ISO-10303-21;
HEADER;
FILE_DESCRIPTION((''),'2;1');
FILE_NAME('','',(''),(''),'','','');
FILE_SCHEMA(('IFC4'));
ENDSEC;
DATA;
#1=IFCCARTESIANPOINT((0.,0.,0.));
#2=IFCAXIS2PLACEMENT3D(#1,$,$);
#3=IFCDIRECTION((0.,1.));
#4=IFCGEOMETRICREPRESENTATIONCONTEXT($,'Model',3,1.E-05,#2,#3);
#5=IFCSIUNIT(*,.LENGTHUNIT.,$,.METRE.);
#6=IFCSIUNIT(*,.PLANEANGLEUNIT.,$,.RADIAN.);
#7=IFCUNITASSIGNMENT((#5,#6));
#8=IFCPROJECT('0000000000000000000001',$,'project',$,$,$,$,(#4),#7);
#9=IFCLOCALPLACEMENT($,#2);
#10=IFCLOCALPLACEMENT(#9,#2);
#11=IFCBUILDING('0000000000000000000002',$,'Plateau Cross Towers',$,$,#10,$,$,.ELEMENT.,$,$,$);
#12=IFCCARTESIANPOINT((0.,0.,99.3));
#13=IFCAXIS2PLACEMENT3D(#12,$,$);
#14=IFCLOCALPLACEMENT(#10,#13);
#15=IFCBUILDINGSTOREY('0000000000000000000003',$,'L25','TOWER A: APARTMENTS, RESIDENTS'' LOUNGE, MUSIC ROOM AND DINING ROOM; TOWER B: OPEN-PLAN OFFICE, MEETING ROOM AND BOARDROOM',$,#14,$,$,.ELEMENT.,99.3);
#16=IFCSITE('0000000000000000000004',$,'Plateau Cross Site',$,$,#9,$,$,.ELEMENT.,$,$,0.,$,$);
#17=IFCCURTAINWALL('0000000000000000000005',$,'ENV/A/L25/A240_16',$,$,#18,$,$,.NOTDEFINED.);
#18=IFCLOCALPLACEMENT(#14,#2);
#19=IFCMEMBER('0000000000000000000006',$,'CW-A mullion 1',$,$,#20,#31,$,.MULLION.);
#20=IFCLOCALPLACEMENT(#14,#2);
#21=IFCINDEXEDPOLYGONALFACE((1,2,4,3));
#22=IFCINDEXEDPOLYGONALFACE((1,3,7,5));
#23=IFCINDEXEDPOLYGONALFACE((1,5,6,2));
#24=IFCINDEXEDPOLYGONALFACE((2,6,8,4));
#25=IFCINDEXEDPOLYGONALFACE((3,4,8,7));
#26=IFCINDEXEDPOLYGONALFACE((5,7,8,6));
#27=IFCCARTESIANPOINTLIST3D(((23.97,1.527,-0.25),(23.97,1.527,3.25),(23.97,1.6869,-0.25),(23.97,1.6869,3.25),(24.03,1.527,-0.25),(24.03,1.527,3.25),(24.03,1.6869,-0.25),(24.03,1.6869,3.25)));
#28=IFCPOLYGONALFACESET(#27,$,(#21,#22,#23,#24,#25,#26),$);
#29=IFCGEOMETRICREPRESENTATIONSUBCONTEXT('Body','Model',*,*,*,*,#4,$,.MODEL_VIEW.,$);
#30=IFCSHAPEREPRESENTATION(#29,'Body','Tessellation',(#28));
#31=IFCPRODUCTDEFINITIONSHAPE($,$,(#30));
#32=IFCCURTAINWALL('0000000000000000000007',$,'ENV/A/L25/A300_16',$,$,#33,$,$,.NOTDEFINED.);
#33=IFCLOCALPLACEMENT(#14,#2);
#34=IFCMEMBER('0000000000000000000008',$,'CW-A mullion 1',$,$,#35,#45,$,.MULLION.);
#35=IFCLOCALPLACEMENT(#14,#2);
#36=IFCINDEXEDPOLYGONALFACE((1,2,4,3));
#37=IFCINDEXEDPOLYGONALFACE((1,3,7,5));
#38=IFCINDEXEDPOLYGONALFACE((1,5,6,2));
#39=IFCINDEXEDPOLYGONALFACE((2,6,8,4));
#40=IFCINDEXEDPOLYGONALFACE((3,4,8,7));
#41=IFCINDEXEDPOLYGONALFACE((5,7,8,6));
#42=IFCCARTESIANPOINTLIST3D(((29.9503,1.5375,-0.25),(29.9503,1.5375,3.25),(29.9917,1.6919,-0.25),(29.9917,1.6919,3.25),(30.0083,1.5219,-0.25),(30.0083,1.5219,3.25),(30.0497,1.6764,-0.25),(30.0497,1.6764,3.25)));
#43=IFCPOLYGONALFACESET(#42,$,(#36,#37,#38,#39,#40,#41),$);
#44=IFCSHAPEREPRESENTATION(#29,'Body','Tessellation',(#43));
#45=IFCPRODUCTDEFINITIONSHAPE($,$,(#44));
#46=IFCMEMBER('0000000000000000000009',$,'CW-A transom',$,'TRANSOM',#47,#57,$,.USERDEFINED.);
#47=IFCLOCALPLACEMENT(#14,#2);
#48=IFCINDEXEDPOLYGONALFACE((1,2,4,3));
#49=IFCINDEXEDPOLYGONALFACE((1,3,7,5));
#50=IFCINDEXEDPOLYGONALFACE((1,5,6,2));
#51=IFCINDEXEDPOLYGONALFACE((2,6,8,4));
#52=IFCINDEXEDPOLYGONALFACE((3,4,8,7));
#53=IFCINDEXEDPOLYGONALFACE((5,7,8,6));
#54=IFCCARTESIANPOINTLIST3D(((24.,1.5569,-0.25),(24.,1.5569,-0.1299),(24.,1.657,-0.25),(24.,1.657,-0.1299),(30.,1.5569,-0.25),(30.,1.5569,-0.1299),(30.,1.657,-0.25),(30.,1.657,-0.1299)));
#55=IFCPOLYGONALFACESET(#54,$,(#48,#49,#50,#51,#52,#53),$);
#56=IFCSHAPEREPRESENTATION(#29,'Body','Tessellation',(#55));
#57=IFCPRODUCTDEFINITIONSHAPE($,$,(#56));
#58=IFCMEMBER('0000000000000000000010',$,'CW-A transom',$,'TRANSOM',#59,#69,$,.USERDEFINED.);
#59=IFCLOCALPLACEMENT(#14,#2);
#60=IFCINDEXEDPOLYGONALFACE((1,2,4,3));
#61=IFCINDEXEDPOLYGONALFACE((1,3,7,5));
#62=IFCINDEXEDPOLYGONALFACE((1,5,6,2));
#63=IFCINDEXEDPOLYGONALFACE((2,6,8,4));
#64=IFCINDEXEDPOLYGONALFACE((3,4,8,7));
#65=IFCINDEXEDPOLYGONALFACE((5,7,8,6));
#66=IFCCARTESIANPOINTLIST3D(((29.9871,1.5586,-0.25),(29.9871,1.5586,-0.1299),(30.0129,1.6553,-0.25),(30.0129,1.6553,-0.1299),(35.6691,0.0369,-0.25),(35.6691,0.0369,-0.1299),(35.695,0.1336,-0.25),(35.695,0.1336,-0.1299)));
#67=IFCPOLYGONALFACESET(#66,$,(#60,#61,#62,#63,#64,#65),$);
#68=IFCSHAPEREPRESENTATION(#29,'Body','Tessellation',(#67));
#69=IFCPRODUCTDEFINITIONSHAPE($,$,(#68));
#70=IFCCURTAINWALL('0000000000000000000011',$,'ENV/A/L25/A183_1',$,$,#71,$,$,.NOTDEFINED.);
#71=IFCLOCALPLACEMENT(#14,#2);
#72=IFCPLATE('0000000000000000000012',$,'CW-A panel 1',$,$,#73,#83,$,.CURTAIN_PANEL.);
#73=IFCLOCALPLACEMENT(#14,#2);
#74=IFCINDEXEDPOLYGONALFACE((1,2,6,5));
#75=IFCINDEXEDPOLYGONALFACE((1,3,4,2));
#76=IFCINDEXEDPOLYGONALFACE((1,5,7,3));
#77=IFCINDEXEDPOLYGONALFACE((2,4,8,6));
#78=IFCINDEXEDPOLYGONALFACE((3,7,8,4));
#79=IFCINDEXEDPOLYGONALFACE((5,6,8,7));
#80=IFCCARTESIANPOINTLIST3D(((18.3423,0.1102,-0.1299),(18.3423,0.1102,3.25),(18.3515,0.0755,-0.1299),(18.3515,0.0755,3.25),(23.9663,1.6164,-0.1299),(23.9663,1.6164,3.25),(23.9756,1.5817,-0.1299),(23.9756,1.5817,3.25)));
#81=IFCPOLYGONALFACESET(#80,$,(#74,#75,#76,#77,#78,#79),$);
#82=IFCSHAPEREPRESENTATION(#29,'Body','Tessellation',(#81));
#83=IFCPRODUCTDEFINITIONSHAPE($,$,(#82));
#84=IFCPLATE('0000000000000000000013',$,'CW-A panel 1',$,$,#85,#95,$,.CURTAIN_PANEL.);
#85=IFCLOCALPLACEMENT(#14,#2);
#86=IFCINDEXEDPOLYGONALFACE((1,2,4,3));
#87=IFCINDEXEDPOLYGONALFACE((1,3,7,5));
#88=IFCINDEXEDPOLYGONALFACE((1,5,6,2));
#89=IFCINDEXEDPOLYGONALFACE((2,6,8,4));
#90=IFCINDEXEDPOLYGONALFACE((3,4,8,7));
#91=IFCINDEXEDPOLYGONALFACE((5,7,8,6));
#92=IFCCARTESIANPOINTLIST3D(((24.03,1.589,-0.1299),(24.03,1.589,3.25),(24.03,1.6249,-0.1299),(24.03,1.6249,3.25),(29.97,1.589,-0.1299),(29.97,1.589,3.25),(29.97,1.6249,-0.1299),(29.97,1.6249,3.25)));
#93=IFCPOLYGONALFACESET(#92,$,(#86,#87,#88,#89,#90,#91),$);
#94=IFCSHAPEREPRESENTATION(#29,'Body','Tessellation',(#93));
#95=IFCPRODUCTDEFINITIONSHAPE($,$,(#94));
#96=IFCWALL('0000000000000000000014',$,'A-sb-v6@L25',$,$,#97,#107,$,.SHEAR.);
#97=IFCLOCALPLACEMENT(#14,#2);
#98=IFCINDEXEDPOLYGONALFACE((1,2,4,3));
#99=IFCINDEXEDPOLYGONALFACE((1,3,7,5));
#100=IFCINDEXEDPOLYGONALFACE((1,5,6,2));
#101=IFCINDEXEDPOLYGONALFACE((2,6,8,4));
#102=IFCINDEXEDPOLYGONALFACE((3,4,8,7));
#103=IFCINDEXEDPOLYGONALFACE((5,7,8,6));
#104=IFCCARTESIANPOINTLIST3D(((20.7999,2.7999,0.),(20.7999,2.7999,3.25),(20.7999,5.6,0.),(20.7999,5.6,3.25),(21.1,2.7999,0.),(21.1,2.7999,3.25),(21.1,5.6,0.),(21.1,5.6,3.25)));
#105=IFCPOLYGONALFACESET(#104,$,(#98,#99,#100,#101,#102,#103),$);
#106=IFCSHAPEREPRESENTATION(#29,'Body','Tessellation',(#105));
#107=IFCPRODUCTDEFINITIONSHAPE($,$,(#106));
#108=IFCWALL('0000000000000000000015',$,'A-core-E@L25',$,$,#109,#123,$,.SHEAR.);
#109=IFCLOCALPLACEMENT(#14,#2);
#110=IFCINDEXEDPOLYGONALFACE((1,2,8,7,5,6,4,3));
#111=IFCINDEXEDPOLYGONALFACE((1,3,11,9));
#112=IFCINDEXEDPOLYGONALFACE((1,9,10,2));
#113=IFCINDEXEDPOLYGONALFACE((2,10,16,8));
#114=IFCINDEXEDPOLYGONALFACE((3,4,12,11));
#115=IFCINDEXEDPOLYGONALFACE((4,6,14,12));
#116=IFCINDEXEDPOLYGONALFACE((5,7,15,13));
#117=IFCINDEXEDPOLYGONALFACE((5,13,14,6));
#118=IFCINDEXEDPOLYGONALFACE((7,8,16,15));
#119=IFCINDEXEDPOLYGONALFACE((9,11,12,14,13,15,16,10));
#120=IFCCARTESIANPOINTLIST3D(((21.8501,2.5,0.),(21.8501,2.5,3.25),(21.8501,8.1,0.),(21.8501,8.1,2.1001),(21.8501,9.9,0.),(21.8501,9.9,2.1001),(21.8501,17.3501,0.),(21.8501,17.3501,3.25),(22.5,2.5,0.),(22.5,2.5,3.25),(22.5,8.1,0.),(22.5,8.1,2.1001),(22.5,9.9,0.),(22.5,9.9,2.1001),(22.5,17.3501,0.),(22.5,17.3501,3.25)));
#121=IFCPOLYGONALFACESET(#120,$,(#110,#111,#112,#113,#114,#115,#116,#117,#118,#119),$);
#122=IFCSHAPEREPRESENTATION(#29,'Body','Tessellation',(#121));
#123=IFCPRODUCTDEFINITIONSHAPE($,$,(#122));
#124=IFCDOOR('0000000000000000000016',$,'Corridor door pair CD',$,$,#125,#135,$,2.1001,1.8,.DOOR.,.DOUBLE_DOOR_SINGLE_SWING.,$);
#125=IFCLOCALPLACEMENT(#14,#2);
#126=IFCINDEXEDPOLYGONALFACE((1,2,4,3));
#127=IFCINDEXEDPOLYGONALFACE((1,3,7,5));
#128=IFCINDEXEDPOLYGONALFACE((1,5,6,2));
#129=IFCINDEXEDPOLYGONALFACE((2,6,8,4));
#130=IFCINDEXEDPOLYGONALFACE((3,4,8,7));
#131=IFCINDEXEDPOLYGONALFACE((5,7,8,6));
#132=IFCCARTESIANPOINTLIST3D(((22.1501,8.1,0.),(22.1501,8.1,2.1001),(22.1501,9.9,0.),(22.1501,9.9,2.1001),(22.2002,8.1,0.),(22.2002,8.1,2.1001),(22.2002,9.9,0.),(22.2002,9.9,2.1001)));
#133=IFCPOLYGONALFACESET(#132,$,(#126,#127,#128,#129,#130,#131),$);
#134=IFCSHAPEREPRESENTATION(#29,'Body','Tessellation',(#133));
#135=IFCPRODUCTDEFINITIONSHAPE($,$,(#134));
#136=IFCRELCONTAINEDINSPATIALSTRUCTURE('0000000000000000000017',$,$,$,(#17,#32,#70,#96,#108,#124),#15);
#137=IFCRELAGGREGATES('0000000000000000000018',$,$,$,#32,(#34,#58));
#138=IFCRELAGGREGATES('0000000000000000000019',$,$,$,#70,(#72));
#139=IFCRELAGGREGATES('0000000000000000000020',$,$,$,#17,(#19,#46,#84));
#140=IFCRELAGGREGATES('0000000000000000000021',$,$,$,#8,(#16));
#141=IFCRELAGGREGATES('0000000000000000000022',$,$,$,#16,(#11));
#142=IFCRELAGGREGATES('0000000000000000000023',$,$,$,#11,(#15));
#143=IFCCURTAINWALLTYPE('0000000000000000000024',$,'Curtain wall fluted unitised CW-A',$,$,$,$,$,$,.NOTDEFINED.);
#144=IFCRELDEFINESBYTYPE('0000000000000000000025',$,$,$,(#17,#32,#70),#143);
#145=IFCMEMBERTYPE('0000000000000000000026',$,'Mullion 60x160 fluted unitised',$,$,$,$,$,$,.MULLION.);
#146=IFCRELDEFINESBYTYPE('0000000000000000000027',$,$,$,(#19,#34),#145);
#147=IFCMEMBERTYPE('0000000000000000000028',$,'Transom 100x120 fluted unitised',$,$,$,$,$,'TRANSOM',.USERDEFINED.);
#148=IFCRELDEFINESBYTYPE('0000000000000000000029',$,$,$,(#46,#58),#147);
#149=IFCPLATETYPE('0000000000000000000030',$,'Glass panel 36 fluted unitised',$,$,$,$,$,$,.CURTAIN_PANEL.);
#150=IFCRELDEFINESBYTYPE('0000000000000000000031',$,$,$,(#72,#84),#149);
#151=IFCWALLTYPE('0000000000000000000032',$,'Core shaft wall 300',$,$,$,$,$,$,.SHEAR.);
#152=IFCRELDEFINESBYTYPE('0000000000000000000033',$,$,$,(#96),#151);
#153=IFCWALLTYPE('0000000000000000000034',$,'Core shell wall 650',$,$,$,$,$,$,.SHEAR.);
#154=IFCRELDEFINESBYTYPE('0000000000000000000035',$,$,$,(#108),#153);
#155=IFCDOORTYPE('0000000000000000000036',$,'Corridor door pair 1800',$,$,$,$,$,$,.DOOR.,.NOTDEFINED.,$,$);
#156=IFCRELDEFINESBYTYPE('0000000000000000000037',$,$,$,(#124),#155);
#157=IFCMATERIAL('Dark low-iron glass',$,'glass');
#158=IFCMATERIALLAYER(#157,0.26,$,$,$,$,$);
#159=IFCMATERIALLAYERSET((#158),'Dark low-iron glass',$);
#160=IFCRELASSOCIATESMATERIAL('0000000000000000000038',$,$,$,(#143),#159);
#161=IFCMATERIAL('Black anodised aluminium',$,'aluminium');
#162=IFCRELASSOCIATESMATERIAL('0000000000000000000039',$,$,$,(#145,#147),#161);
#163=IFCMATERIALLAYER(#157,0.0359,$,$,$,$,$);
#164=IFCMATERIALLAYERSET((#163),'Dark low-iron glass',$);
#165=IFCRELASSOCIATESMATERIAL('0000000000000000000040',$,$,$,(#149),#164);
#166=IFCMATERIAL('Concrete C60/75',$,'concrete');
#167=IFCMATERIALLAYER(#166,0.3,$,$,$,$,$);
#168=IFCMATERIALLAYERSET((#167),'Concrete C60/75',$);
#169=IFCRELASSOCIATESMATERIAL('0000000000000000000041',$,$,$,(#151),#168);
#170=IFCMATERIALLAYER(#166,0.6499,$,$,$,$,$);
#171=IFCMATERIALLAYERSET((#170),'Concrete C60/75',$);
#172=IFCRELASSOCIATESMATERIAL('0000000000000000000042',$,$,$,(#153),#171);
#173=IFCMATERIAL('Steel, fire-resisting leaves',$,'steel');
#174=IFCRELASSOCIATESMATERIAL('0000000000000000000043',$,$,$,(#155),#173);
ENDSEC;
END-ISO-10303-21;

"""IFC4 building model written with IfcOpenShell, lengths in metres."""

from ifc_helpers import new_model, si_unit, direction, frame, frame_2d, origin, origin_2d, place, context, subcontext, project, spatial, rectangle, extrude, material, layer, layer_set, material_profile, profile_set, type_object, element, fill, aggregate, save


model = new_model("IFC4")

# Units and contexts
model_context = context("Model", 3, precision=1e-05, world=origin(), true_north=direction((0.0, 1.0)))
body_context = subcontext(model_context, "Body", "Model", "MODEL_VIEW")
ifc_project = project(units=[si_unit("LENGTHUNIT", "METRE"), si_unit("PLANEANGLEUNIT", "RADIAN")], contexts=[model_context])

# Site, building, storey
site_placement = place(None, origin())
site = spatial("IfcSite", under=ifc_project, at=site_placement, Name="Plateau Cross Site", CompositionType="ELEMENT", RefElevation=0.0)
building_placement = place(site_placement, origin())
building = spatial("IfcBuilding", under=site, at=building_placement, Name="Plateau Cross Towers", CompositionType="ELEMENT")
storey_placement = place(building_placement, frame((0.0, 0.0, 99.3)))
storey = spatial("IfcBuildingStorey", under=building, at=storey_placement, Name="L25", Description="TOWER A: APARTMENTS, RESIDENTS' LOUNGE, MUSIC ROOM AND DINING ROOM; TOWER B: OPEN-PLAN OFFICE, MEETING ROOM AND BOARDROOM", CompositionType="ELEMENT", Elevation=99.3)

# Curtain walls, members
ifc_material_1 = material(Name="Dark low-iron glass", Category="glass")
ifc_layer_1 = layer(ifc_material_1, 0.26)
ifc_layer_set_1 = layer_set([ifc_layer_1], Name="Dark low-iron glass")
curtain_wall_type = type_object("IfcCurtainWallType", Name="Curtain wall fluted unitised CW-A", PredefinedType="NOTDEFINED", material=ifc_layer_set_1)
curtain_wall_1_placement = place(storey_placement, origin())
curtain_wall_1 = element("IfcCurtainWall", 1, at=curtain_wall_1_placement, inside=storey, type_object=curtain_wall_type, Name="ENV/A/L25/A240_16", PredefinedType="NOTDEFINED")
ifc_material_2 = material(Name="Black anodised aluminium", Category="aluminium")
ifc_material_profile_1 = material_profile(ifc_material_2, rectangle(XDim=0.0601, YDim=0.1599, at=origin_2d()), Name="MULLION 60x160")
ifc_profile_set_1 = profile_set([ifc_material_profile_1], Name="Black anodised aluminium")
member_type_1 = type_object("IfcMemberType", Name="Mullion 60x160 fluted unitised", PredefinedType="MULLION", material=ifc_profile_set_1)
member_1_placement = place(storey_placement, frame((24.0, 1.6069, -0.25), z_axis=(0.0, 0.0, 1.0), x_axis=(1.0, 0.0, 0.0)))
member_1 = element("IfcMember", 2, at=member_1_placement, type_object=member_type_1, Name="CW-A mullion 1", PredefinedType="MULLION", context=body_context, shape_type="SweptSolid", body=[
    extrude(rectangle(XDim=0.0601, YDim=0.1599, at=origin_2d()), origin(), (0.0, 0.0, 1.0), 3.5),
])
curtain_wall_2_placement = place(storey_placement, origin())
curtain_wall_2 = element("IfcCurtainWall", 3, at=curtain_wall_2_placement, inside=storey, type_object=curtain_wall_type, Name="ENV/A/L25/A300_16", PredefinedType="NOTDEFINED")
member_2_placement = place(storey_placement, frame((30.0, 1.6069, -0.25), z_axis=(0.0, 0.0, 1.0), x_axis=(0.965958, -0.258699, 0.0)))
member_2 = element("IfcMember", 4, at=member_2_placement, type_object=member_type_1, Name="CW-A mullion 1", PredefinedType="MULLION", context=body_context, shape_type="SweptSolid", body=[
    extrude(rectangle(XDim=0.0601, YDim=0.1599, at=origin_2d()), origin(), (0.0, 0.0, 1.0), 3.5),
])

# Members
ifc_material_profile_2 = material_profile(ifc_material_2, rectangle(XDim=0.1001, YDim=0.1201, at=origin_2d()), Name="TRANSOM 100x120")
ifc_profile_set_2 = profile_set([ifc_material_profile_2], Name="Black anodised aluminium")
member_type_2 = type_object("IfcMemberType", Name="Transom 100x120 fluted unitised", ElementType="TRANSOM", PredefinedType="USERDEFINED", material=ifc_profile_set_2)
member_3_placement = place(storey_placement, frame((24.0, 1.6069, -0.1899), z_axis=(1.0, 0.0, 0.0), x_axis=(0.0, 1.0, 0.0)))
member_3 = element("IfcMember", 5, at=member_3_placement, type_object=member_type_2, Name="CW-A transom", ObjectType="TRANSOM", PredefinedType="USERDEFINED", context=body_context, shape_type="SweptSolid", body=[
    extrude(rectangle(XDim=0.1001, YDim=0.1201, at=origin_2d()), origin(), (0.0, 0.0, 1.0), 6.0),
])
member_4_placement = place(storey_placement, frame((30.0, 1.6069, -0.1899), z_axis=(0.96596, -0.258693, 0.0), x_axis=(0.258693, 0.96596, 0.0)))
member_4 = element("IfcMember", 6, at=member_4_placement, type_object=member_type_2, Name="CW-A transom", ObjectType="TRANSOM", PredefinedType="USERDEFINED", context=body_context, shape_type="SweptSolid", body=[
    extrude(rectangle(XDim=0.1001, YDim=0.1201, at=origin_2d()), origin(), (0.0, 0.0, 1.0), 5.8823),
])
aggregate(curtain_wall_2, [member_2, member_4])

# Curtain wall, plate
curtain_wall_3_placement = place(storey_placement, origin())
curtain_wall_3 = element("IfcCurtainWall", 7, at=curtain_wall_3_placement, inside=storey, type_object=curtain_wall_type, Name="ENV/A/L25/A183_1", PredefinedType="NOTDEFINED")
ifc_layer_2 = layer(ifc_material_1, 0.0359)
ifc_layer_set_2 = layer_set([ifc_layer_2], Name="Dark low-iron glass")
plate_type = type_object("IfcPlateType", Name="Glass panel 36 fluted unitised", PredefinedType="CURTAIN_PANEL", material=ifc_layer_set_2)
plate_1_placement = place(storey_placement, frame((21.1589, 0.8459, -0.1299), z_axis=(0.0, 0.0, 1.0), x_axis=(0.965958, 0.258699, 0.0)))
plate_1 = element("IfcPlate", 8, at=plate_1_placement, type_object=plate_type, Name="CW-A panel 1", PredefinedType="CURTAIN_PANEL", context=body_context, shape_type="SweptSolid", body=[
    extrude(rectangle(XDim=5.8223, YDim=0.0359, at=origin_2d()), origin(), (0.0, 0.0, 1.0), 3.3799),
])
aggregate(curtain_wall_3, [plate_1])

# Plate
plate_2_placement = place(storey_placement, frame((27.0, 1.6069, -0.1299), z_axis=(0.0, 0.0, 1.0), x_axis=(1.0, 0.0, 0.0)))
plate_2 = element("IfcPlate", 9, at=plate_2_placement, type_object=plate_type, Name="CW-A panel 1", PredefinedType="CURTAIN_PANEL", context=body_context, shape_type="SweptSolid", body=[
    extrude(rectangle(XDim=5.9399, YDim=0.0359, at=origin_2d()), origin(), (0.0, 0.0, 1.0), 3.3799),
])
aggregate(curtain_wall_1, [member_1, member_3, plate_2])

# Wall
ifc_material_3 = material(Name="Concrete C60/75", Category="concrete")
ifc_layer_3 = layer(ifc_material_3, 0.3)
ifc_layer_set_3 = layer_set([ifc_layer_3], Name="Concrete C60/75")
wall_type_1 = type_object("IfcWallType", Name="Core shaft wall 300", PredefinedType="SHEAR", material=ifc_layer_set_3)
wall_1_placement = place(storey_placement, frame((20.95, 2.8, 0.0), z_axis=(0.0, 0.0, 1.0), x_axis=(0.0, 1.0, 0.0)))
element("IfcWall", 10, at=wall_1_placement, inside=storey, type_object=wall_type_1, Name="A-sb-v6@L25", PredefinedType="SHEAR", context=body_context, shape_type="SweptSolid", body=[
    extrude(rectangle(XDim=2.8, YDim=0.3, at=frame_2d((1.3999, 0.0))), origin(), (0.0, 0.0, 1.0), 3.25),
])

# Wall, opening, door
ifc_layer_4 = layer(ifc_material_3, 0.6499)
ifc_layer_set_4 = layer_set([ifc_layer_4], Name="Concrete C60/75")
wall_type_2 = type_object("IfcWallType", Name="Core shell wall 650", PredefinedType="SHEAR", material=ifc_layer_set_4)
wall_2_placement = place(storey_placement, frame((22.175, 2.5, 0.0), z_axis=(0.0, 0.0, 1.0), x_axis=(0.0, 1.0, 0.0)))
wall_2 = element("IfcWall", 11, at=wall_2_placement, inside=storey, type_object=wall_type_2, Name="A-core-E@L25", PredefinedType="SHEAR", context=body_context, shape_type="SweptSolid", body=[
    extrude(rectangle(XDim=14.8501, YDim=0.6499, at=frame_2d((7.425, 0.0))), origin(), (0.0, 0.0, 1.0), 3.25),
])
opening_placement = place(wall_2_placement, frame((5.6001, 0.0, 0.0)))
opening = element("IfcOpeningElement", 12, at=opening_placement, cuts=wall_2, PredefinedType="OPENING", context=body_context, shape_type="SweptSolid", body=[
    extrude(rectangle(XDim=1.8, YDim=2.1001, at=frame_2d((0.8999, 1.05))), frame((0.0, 0.335, 0.0), z_axis=(0.0, -1.0, 0.0), x_axis=(1.0, 0.0, 0.0)), (0.0, 0.0, 1.0), 0.6699),
])
ifc_material_4 = material(Name="Steel, fire-resisting leaves", Category="steel")
door_type = type_object("IfcDoorType", Name="Corridor door pair 1800", OperationType="NOTDEFINED", PredefinedType="DOOR", material=ifc_material_4)
door_placement = place(opening_placement, origin())
door = element("IfcDoor", 13, at=door_placement, inside=storey, type_object=door_type, Name="Corridor door pair CD", OperationType="DOUBLE_DOOR_SINGLE_SWING", OverallHeight=2.1001, OverallWidth=1.8, PredefinedType="DOOR", context=body_context, shape_type="SweptSolid", body=[
    extrude(rectangle(XDim=1.8, YDim=2.1001, at=frame_2d((0.8999, 1.05))), frame((0.0, 0.0249, 0.0), z_axis=(0.0, -1.0, 0.0), x_axis=(1.0, 0.0, 0.0)), (0.0, 0.0, 1.0), 0.05),
])
fill(opening, door)

save(model, "model.ifc")
